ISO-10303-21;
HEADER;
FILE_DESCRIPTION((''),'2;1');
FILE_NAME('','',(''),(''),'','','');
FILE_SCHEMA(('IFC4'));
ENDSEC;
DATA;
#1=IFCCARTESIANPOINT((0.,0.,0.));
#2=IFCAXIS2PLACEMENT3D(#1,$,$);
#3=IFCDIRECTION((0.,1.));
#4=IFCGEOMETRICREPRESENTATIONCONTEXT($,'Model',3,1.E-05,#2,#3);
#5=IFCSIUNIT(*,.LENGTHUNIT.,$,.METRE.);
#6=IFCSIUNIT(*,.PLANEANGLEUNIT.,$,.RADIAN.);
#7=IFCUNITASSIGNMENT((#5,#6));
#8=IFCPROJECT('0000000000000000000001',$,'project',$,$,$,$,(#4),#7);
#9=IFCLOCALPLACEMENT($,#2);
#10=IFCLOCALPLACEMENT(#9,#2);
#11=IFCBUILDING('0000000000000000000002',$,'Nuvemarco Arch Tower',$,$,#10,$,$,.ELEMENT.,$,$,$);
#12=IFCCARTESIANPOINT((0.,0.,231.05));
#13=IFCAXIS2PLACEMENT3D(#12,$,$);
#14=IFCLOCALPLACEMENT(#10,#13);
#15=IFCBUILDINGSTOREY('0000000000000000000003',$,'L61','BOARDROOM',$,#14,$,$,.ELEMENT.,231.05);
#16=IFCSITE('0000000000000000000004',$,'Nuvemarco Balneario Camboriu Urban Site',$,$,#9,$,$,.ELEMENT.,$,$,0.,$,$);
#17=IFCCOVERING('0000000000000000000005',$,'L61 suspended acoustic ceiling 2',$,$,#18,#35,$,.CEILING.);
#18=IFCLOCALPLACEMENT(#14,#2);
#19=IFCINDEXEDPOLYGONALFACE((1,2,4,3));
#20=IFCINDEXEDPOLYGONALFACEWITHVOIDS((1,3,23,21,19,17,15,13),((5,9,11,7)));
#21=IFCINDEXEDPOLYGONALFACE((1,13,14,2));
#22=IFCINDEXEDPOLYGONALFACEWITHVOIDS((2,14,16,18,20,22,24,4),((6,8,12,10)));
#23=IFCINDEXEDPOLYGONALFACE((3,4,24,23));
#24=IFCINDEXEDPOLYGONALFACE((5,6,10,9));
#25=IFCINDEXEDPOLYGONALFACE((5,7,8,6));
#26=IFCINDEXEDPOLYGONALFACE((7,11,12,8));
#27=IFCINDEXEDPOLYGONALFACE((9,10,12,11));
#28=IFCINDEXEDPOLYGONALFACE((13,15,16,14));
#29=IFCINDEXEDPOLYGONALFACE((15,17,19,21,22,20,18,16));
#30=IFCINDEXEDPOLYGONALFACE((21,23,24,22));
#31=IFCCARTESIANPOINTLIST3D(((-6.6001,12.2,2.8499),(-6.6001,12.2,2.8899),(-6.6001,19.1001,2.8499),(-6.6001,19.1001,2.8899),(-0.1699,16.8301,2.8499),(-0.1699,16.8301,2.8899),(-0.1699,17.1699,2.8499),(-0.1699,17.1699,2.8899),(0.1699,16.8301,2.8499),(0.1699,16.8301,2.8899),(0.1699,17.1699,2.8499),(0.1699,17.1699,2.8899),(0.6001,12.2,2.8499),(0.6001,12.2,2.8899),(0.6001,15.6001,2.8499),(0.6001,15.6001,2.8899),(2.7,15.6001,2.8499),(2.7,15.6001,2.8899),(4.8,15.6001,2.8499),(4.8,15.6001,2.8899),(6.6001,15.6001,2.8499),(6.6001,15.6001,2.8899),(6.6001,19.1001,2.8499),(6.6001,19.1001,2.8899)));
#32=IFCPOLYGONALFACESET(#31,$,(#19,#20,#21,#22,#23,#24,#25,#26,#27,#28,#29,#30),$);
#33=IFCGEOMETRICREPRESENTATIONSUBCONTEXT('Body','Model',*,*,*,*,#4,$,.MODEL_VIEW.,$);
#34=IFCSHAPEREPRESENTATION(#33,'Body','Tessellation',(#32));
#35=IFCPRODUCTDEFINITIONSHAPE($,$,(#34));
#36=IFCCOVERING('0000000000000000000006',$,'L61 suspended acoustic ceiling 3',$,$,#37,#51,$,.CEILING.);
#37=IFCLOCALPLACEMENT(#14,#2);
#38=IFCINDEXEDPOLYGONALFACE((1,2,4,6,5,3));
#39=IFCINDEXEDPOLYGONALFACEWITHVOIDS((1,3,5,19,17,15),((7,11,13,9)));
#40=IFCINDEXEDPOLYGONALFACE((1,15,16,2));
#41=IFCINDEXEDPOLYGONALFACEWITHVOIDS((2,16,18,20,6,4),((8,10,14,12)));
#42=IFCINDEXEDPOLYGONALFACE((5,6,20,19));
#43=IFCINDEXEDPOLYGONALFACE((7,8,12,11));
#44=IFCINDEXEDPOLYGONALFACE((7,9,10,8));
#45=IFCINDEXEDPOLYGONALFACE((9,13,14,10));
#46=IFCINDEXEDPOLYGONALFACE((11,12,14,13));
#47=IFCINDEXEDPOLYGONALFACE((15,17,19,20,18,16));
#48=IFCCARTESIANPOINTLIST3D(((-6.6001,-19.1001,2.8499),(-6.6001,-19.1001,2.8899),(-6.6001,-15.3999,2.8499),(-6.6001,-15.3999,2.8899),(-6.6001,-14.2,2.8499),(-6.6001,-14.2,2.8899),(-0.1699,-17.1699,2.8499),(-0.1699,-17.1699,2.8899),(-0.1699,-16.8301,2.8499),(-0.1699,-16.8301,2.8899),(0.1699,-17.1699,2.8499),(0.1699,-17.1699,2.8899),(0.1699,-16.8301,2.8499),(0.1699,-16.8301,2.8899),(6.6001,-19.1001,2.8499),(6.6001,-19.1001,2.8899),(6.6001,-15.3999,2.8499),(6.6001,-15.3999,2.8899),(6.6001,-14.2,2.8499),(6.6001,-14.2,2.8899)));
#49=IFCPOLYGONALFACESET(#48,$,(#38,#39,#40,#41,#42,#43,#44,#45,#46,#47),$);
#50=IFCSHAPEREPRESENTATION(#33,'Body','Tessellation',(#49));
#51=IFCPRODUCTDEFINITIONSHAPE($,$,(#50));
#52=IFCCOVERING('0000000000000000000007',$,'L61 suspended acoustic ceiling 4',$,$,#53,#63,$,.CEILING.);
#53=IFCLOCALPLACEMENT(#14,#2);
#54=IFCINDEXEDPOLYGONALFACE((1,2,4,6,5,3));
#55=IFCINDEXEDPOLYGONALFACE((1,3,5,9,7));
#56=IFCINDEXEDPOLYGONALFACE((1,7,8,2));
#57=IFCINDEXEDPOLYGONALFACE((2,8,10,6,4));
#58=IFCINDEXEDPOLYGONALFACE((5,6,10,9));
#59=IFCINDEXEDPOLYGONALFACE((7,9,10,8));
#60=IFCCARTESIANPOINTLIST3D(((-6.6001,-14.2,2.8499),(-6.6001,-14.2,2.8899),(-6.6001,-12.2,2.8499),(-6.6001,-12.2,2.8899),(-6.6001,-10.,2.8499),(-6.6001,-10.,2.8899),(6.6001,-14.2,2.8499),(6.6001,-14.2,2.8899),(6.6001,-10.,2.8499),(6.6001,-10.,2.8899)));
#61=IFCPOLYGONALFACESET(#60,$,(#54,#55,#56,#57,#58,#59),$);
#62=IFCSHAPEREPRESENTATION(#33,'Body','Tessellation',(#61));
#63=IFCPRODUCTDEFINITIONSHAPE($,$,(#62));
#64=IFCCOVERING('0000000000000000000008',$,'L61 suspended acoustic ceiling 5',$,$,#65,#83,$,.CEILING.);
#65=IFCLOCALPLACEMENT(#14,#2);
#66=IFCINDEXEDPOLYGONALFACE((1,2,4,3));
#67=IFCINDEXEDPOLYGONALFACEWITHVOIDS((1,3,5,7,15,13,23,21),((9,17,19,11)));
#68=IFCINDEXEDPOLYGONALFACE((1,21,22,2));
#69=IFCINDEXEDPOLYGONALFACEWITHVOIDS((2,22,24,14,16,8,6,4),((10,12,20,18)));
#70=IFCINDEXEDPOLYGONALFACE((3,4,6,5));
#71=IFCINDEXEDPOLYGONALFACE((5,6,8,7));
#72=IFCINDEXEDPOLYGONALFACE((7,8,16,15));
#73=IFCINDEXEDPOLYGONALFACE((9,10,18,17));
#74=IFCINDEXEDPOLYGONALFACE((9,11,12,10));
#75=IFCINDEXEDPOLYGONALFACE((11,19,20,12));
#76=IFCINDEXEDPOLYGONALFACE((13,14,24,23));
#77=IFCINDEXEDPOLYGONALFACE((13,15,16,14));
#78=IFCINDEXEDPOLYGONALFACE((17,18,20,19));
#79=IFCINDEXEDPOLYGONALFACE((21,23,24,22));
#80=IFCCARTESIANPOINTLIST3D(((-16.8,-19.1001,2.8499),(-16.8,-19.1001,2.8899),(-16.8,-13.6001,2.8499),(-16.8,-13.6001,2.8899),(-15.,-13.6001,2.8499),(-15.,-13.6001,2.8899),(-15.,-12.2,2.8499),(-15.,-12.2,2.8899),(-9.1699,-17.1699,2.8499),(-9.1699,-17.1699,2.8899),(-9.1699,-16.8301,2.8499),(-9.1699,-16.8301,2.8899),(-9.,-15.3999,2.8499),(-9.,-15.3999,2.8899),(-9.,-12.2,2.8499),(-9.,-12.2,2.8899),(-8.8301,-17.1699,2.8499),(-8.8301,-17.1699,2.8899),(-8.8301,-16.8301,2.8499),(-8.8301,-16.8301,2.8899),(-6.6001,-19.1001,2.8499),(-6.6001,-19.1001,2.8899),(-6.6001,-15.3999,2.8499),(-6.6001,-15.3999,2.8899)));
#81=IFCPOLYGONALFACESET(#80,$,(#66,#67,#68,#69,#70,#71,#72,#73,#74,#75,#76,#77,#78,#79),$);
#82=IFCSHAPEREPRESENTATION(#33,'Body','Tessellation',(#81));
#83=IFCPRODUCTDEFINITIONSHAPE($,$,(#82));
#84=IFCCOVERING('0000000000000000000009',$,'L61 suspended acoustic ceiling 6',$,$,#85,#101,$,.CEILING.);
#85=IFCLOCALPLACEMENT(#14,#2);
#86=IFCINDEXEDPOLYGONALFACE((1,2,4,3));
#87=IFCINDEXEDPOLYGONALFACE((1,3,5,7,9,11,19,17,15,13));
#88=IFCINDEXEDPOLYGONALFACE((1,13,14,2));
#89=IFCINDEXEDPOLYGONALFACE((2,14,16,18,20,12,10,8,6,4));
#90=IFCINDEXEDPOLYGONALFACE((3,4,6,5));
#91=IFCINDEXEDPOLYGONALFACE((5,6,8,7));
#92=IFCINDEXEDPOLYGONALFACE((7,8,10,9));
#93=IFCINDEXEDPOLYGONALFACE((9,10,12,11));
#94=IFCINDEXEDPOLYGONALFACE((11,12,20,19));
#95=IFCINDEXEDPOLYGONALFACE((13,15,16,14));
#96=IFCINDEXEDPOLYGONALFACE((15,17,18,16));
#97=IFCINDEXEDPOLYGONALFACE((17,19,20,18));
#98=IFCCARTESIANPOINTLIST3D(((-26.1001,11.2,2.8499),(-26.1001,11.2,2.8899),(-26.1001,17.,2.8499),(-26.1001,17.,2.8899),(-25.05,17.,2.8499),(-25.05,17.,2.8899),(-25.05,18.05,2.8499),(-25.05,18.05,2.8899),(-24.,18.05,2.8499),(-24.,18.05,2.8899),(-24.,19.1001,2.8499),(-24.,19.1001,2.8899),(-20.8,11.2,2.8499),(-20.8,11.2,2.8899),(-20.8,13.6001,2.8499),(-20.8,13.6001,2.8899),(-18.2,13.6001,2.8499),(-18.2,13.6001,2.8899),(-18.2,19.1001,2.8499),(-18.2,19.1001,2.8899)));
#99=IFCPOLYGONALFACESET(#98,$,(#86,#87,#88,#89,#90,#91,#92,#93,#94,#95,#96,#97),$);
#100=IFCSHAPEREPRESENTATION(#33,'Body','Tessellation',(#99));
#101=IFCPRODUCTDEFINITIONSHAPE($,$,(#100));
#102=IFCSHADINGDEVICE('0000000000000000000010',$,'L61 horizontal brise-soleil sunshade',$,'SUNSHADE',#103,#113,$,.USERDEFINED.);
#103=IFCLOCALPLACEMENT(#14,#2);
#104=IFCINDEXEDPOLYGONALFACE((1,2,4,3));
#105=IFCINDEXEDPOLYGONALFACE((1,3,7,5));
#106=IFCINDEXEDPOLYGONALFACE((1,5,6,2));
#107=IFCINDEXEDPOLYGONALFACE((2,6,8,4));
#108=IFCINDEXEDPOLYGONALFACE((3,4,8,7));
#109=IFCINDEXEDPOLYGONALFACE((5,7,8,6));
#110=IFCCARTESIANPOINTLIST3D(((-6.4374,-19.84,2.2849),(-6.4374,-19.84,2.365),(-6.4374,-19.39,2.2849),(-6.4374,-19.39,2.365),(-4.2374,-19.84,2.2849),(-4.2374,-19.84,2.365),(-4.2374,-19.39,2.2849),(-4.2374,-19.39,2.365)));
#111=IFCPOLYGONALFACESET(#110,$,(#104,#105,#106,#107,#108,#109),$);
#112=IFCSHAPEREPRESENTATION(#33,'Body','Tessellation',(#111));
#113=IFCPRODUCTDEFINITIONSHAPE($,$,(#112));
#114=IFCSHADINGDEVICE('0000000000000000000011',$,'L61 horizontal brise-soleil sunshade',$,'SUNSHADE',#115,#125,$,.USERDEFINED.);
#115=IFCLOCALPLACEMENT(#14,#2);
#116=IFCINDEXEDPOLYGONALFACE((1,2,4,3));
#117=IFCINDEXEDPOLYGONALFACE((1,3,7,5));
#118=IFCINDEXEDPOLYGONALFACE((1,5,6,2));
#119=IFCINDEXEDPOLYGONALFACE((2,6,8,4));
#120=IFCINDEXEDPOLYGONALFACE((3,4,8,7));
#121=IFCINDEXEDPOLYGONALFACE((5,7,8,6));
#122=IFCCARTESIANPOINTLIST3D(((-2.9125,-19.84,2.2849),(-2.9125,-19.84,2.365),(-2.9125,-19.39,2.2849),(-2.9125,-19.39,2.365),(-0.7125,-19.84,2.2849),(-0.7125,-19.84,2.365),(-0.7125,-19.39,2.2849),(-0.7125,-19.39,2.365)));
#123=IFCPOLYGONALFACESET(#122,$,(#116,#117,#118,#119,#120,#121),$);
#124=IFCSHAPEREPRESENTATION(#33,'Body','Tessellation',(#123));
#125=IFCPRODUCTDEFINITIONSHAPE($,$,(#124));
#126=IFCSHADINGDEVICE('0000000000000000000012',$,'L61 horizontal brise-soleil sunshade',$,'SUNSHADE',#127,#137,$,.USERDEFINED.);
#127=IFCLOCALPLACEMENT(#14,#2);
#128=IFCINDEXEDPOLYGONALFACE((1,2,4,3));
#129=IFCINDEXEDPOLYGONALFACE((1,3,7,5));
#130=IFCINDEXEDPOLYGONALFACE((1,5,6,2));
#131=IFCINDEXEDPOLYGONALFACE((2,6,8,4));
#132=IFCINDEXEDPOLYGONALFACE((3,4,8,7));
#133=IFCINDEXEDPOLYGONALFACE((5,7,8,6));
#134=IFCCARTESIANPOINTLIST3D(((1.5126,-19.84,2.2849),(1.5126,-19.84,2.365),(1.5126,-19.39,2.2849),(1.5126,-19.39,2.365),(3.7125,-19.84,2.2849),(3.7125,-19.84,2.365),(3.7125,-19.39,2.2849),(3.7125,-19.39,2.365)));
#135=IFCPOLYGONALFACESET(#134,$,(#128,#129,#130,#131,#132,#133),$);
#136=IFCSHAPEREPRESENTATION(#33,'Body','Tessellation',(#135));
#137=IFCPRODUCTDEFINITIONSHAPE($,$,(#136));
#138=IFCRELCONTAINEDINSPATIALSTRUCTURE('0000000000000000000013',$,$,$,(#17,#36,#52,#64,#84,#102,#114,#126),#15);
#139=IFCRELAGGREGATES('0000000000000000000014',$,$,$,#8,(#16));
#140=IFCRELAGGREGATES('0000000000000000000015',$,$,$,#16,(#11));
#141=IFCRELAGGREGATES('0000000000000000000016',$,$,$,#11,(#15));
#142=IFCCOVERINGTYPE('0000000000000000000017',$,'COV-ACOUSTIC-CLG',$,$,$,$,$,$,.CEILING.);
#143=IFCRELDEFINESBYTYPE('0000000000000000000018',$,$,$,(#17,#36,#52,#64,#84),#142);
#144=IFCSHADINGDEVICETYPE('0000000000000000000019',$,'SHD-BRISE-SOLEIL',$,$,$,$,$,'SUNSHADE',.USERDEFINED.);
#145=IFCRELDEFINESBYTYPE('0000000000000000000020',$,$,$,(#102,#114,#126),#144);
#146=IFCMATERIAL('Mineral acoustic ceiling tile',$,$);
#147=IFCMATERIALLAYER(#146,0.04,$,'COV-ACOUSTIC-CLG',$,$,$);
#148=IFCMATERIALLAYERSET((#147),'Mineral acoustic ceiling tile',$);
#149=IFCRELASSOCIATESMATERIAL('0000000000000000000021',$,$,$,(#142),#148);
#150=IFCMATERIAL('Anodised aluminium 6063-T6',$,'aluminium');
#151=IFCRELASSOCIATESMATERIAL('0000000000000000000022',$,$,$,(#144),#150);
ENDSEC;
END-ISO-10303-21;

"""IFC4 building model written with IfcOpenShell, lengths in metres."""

from ifc_helpers import new_model, si_unit, direction, frame, origin, origin_2d, place, context, subcontext, project, spatial, polyline, rectangle, outline, extrude, source, transform, mapped, material, layer, layer_set, type_object, type_shapes, element, save


model = new_model("IFC4")

# Units and contexts
model_context = context("Model", 3, precision=1e-05, world=origin(), true_north=direction((0.0, 1.0)))
body_context = subcontext(model_context, "Body", "Model", "MODEL_VIEW")
ifc_project = project(units=[si_unit("LENGTHUNIT", "METRE"), si_unit("PLANEANGLEUNIT", "RADIAN")], contexts=[model_context])

# Site, building, storey
site_placement = place(None, origin())
site = spatial("IfcSite", under=ifc_project, at=site_placement, Name="Nuvemarco Balneario Camboriu Urban Site", CompositionType="ELEMENT", RefElevation=0.0)
building_placement = place(site_placement, origin())
building = spatial("IfcBuilding", under=site, at=building_placement, Name="Nuvemarco Arch Tower", CompositionType="ELEMENT")
storey_placement = place(building_placement, frame((0.0, 0.0, 231.05)))
storey = spatial("IfcBuildingStorey", under=building, at=storey_placement, Name="L61", Description="BOARDROOM", CompositionType="ELEMENT", Elevation=231.05)

# Coverings
ifc_material_1 = material(Name="Mineral acoustic ceiling tile")
ifc_layer_1 = layer(ifc_material_1, 0.04, Name="COV-ACOUSTIC-CLG")
ifc_layer_set_1 = layer_set([ifc_layer_1], Name="Mineral acoustic ceiling tile")
covering_type = type_object("IfcCoveringType", Name="COV-ACOUSTIC-CLG", PredefinedType="CEILING", material=ifc_layer_set_1)
covering_1_placement = place(storey_placement, frame((0.0, 0.0, 2.8499)))
element("IfcCovering", 1, at=covering_1_placement, inside=storey, type_object=covering_type, Name="L61 suspended acoustic ceiling 2", PredefinedType="CEILING", context=body_context, shape_type="SweptSolid", body=[
    extrude(outline(polyline([(-6.6001, 12.2), (-6.6001, 19.1001), (6.6001, 19.1001), (6.6001, 15.6001), (4.8, 15.6001), (2.7, 15.6001), (0.6001, 15.6001), (0.6001, 12.2), (-6.6001, 12.2)]), holes=[polyline([(0.1699, 16.8301), (0.1699, 17.1699), (-0.1699, 17.1699), (-0.1699, 16.8301), (0.1699, 16.8301)])]), origin(), (0.0, 0.0, 1.0), 0.04),
])
covering_2_placement = place(storey_placement, frame((0.0, 0.0, 2.8499)))
element("IfcCovering", 2, at=covering_2_placement, inside=storey, type_object=covering_type, Name="L61 suspended acoustic ceiling 3", PredefinedType="CEILING", context=body_context, shape_type="SweptSolid", body=[
    extrude(outline(polyline([(6.6001, -15.3999), (6.6001, -19.1001), (-6.6001, -19.1001), (-6.6001, -15.3999), (-6.6001, -14.2), (6.6001, -14.2), (6.6001, -15.3999)]), holes=[polyline([(0.1699, -17.1699), (0.1699, -16.8301), (-0.1699, -16.8301), (-0.1699, -17.1699), (0.1699, -17.1699)])]), origin(), (0.0, 0.0, 1.0), 0.04),
])
covering_3_placement = place(storey_placement, frame((0.0, 0.0, 2.8499)))
element("IfcCovering", 3, at=covering_3_placement, inside=storey, type_object=covering_type, Name="L61 suspended acoustic ceiling 4", PredefinedType="CEILING", context=body_context, shape_type="SweptSolid", body=[
    extrude(outline(polyline([(6.6001, -14.2), (-6.6001, -14.2), (-6.6001, -12.2), (-6.6001, -10.0), (6.6001, -10.0), (6.6001, -14.2)])), origin(), (0.0, 0.0, 1.0), 0.04),
])
covering_4_placement = place(storey_placement, frame((0.0, 0.0, 2.8499)))
element("IfcCovering", 4, at=covering_4_placement, inside=storey, type_object=covering_type, Name="L61 suspended acoustic ceiling 5", PredefinedType="CEILING", context=body_context, shape_type="SweptSolid", body=[
    extrude(outline(polyline([(-9.0, -12.2), (-9.0, -15.3999), (-6.6001, -15.3999), (-6.6001, -19.1001), (-16.8, -19.1001), (-16.8, -13.6001), (-15.0, -13.6001), (-15.0, -12.2), (-9.0, -12.2)]), holes=[polyline([(-8.8301, -16.8301), (-9.1699, -16.8301), (-9.1699, -17.1699), (-8.8301, -17.1699), (-8.8301, -16.8301)])]), origin(), (0.0, 0.0, 1.0), 0.04),
])
covering_5_placement = place(storey_placement, frame((0.0, 0.0, 2.8499)))
element("IfcCovering", 5, at=covering_5_placement, inside=storey, type_object=covering_type, Name="L61 suspended acoustic ceiling 6", PredefinedType="CEILING", context=body_context, shape_type="SweptSolid", body=[
    extrude(outline(polyline([(-25.05, 17.0), (-25.05, 18.05), (-24.0, 18.05), (-24.0, 19.1001), (-18.2, 19.1001), (-18.2, 13.6001), (-20.8, 13.6001), (-20.8, 11.2), (-26.1001, 11.2), (-26.1001, 17.0), (-25.05, 17.0)])), origin(), (0.0, 0.0, 1.0), 0.04),
])

# Shading devices
ifc_material_2 = material(Name="Anodised aluminium 6063-T6", Category="aluminium")
shading_device_type = type_object("IfcShadingDeviceType", Name="SHD-BRISE-SOLEIL", ElementType="SUNSHADE", PredefinedType="USERDEFINED", material=ifc_material_2)
shared_shape_1 = source(origin(), body_context, "Body", "SweptSolid", [
    extrude(rectangle(XDim=2.2, YDim=0.45, at=origin_2d()), origin(), (0.0, 0.0, 1.0), 0.0801),
])
type_shapes(shading_device_type, [shared_shape_1])
for number, where, z_axis, x_axis, name in (
    (6, (-5.3374, -19.615, 2.2849), (0.0, 0.0, 1.0), (1.0, 0.0, 0.0), "L61 horizontal brise-soleil sunshade"),
    (7, (-1.8125, -19.615, 2.2849), (0.0, 0.0, 1.0), (1.0, 0.0, 0.0), "L61 horizontal brise-soleil sunshade"),
    (8, (2.6125, -19.615, 2.2849), (0.0, 0.0, 1.0), (1.0, 0.0, 0.0), "L61 horizontal brise-soleil sunshade"),
):
    element("IfcShadingDevice", number, at=place(storey_placement, frame(where, z_axis=z_axis, x_axis=x_axis)), inside=storey, type_object=shading_device_type, Name=name, ObjectType="SUNSHADE", PredefinedType="USERDEFINED", context=body_context, shape_type="MappedRepresentation", body=[
        mapped(shared_shape_1, transform((0.0, 0.0, 0.0), scale=1.0)),
    ])

save(model, "model.ifc")
